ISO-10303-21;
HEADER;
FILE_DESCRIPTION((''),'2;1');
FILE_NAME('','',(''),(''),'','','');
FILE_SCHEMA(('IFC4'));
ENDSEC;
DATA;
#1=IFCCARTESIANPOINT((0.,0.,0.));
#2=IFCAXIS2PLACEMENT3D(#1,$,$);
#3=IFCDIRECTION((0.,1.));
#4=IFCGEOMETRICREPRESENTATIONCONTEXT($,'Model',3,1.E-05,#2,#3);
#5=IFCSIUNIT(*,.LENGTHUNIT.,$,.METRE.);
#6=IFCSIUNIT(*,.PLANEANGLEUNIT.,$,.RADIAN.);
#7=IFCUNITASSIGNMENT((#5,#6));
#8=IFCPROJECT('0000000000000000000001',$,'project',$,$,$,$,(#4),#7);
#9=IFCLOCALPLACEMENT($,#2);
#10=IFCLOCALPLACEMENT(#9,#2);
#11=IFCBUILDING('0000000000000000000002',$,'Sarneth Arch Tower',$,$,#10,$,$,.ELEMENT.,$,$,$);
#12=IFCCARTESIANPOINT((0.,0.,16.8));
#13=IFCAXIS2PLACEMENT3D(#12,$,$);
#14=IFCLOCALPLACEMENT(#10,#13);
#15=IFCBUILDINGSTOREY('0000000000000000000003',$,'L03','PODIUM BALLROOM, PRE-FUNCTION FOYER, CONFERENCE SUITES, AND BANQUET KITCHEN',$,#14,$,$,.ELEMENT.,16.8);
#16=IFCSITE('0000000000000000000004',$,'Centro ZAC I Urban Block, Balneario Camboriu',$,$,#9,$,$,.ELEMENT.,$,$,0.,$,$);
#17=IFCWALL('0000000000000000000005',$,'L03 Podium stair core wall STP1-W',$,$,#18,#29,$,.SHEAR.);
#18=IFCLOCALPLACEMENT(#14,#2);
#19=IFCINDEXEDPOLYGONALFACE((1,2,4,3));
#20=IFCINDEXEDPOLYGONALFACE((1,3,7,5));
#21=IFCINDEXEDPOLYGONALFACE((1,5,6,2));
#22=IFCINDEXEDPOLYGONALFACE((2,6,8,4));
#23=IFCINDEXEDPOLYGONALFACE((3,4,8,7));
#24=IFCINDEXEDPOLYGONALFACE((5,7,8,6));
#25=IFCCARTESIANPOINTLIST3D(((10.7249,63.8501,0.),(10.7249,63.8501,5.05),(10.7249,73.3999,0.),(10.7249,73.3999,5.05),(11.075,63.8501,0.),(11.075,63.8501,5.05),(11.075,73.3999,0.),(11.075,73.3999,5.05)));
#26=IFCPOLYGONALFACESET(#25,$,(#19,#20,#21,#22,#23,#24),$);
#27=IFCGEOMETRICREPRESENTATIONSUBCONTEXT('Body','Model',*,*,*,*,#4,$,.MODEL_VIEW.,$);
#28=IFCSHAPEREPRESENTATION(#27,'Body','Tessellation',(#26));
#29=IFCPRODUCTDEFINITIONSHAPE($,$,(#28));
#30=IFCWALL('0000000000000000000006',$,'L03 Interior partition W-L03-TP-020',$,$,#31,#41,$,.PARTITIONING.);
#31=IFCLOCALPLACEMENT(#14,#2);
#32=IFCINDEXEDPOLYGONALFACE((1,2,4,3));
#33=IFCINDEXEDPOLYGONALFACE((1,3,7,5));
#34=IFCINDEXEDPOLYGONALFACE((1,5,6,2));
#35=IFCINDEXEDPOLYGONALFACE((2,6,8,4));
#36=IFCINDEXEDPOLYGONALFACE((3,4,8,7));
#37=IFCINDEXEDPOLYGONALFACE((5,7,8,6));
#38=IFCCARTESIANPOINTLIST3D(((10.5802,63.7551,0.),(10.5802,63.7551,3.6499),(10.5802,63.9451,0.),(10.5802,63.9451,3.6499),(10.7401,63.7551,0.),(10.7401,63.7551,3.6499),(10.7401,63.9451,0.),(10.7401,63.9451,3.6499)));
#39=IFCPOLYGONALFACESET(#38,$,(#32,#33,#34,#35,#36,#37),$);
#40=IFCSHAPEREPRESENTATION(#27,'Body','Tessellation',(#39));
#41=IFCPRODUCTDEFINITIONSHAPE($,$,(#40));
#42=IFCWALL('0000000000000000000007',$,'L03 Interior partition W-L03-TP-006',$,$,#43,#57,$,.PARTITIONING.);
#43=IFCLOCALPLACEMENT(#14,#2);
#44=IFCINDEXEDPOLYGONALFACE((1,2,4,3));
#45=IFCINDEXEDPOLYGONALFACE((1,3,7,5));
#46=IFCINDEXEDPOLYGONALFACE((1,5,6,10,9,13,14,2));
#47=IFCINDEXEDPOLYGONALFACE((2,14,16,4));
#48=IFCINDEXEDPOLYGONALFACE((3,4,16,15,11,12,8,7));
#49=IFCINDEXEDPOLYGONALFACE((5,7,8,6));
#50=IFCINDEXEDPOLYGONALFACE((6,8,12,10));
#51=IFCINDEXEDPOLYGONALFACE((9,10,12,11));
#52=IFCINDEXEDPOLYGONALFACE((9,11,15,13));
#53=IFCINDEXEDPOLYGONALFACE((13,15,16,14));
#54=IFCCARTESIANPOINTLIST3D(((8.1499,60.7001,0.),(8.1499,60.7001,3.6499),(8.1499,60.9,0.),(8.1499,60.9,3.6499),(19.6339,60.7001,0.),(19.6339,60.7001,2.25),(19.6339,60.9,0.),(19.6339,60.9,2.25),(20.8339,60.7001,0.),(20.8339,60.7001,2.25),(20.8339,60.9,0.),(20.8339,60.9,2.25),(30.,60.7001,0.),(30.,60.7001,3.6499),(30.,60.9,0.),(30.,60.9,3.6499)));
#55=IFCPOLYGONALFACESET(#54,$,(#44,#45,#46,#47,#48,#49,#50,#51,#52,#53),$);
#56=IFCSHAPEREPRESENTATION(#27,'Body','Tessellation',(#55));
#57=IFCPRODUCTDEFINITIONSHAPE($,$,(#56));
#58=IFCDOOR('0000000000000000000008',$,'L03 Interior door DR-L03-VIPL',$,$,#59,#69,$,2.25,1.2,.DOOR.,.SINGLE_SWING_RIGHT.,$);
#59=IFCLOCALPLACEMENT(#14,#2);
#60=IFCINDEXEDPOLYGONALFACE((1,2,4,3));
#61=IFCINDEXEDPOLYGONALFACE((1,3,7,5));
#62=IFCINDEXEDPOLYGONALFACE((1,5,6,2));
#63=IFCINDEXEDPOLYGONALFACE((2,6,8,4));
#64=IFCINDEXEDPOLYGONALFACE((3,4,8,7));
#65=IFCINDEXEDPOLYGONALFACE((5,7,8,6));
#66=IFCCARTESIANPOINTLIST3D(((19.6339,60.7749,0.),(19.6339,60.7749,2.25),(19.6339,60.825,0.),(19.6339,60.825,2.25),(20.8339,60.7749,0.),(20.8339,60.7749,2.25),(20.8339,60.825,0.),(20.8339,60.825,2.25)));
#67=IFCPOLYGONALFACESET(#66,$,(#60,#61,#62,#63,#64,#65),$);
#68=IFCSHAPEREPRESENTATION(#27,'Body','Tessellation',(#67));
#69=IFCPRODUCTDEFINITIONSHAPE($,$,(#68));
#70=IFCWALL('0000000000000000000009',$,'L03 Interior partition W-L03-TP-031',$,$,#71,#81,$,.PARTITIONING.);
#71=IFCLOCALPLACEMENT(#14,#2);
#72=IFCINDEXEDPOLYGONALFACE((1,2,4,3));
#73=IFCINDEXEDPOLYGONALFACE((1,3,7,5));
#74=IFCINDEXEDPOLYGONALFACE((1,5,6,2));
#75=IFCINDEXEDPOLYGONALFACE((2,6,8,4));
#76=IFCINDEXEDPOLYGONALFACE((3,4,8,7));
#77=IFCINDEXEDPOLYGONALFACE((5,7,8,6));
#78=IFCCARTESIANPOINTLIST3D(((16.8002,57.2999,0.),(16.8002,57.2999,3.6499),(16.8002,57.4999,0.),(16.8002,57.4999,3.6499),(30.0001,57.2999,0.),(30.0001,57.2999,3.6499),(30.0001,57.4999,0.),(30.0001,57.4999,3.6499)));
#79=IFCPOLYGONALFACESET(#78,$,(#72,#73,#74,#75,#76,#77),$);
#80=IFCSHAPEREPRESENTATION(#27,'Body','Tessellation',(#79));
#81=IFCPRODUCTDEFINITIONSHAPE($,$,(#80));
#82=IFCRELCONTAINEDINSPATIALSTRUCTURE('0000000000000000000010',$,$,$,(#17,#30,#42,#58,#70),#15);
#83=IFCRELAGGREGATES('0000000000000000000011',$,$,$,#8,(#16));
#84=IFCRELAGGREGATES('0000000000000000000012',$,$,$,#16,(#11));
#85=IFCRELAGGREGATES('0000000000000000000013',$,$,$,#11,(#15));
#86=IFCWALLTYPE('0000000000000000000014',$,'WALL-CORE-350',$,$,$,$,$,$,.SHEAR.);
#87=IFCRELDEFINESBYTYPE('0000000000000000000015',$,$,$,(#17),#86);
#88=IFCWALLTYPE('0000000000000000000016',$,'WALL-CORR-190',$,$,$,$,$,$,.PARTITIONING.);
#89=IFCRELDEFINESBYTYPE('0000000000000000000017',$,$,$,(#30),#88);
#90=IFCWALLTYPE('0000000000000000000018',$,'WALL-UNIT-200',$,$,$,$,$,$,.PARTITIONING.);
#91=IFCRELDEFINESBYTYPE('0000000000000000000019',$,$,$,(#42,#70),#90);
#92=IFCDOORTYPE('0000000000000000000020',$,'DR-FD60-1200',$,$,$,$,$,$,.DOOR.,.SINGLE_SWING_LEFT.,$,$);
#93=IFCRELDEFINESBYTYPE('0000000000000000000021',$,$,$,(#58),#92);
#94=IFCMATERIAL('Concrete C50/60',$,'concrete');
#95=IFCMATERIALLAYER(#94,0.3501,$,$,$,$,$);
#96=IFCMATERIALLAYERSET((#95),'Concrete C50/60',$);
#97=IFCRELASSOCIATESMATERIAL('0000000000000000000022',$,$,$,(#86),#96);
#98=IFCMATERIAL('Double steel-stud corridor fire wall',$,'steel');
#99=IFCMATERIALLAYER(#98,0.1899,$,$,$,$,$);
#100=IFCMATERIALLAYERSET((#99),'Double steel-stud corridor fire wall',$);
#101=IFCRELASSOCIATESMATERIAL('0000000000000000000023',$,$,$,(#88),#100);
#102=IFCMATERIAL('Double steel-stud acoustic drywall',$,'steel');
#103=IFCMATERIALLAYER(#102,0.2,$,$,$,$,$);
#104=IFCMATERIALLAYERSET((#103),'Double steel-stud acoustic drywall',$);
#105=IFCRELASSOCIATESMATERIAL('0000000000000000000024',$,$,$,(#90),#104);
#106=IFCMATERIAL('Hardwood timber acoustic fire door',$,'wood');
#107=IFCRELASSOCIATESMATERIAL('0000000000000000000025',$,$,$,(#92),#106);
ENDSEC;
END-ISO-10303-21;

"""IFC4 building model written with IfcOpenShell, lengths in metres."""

from ifc_helpers import new_model, si_unit, direction, frame, frame_2d, origin, place, context, subcontext, project, spatial, rectangle, extrude, material, layer, layer_set, type_object, element, fill, save


model = new_model("IFC4")

# Units and contexts
model_context = context("Model", 3, precision=1e-05, world=origin(), true_north=direction((0.0, 1.0)))
body_context = subcontext(model_context, "Body", "Model", "MODEL_VIEW")
ifc_project = project(units=[si_unit("LENGTHUNIT", "METRE"), si_unit("PLANEANGLEUNIT", "RADIAN")], contexts=[model_context])

# Site, building, storey
site_placement = place(None, origin())
site = spatial("IfcSite", under=ifc_project, at=site_placement, Name="Centro ZAC I Urban Block, Balneario Camboriu", CompositionType="ELEMENT", RefElevation=0.0)
building_placement = place(site_placement, origin())
building = spatial("IfcBuilding", under=site, at=building_placement, Name="Sarneth Arch Tower", CompositionType="ELEMENT")
storey_placement = place(building_placement, frame((0.0, 0.0, 16.8)))
storey = spatial("IfcBuildingStorey", under=building, at=storey_placement, Name="L03", Description="PODIUM BALLROOM, PRE-FUNCTION FOYER, CONFERENCE SUITES, AND BANQUET KITCHEN", CompositionType="ELEMENT", Elevation=16.8)

# Wall
ifc_material_1 = material(Name="Concrete C50/60", Category="concrete")
ifc_layer_1 = layer(ifc_material_1, 0.3501)
ifc_layer_set_1 = layer_set([ifc_layer_1], Name="Concrete C50/60")
wall_type_1 = type_object("IfcWallType", Name="WALL-CORE-350", PredefinedType="SHEAR", material=ifc_layer_set_1)
wall_1_placement = place(storey_placement, frame((10.8999, 63.8501, 0.0), z_axis=(0.0, 0.0, 1.0), x_axis=(0.0, 1.0, 0.0)))
element("IfcWall", 1, at=wall_1_placement, inside=storey, type_object=wall_type_1, Name="L03 Podium stair core wall STP1-W", PredefinedType="SHEAR", context=body_context, shape_type="SweptSolid", body=[
    extrude(rectangle(XDim=9.5498, YDim=0.3501, at=frame_2d((4.7749, 0.0))), origin(), (0.0, 0.0, 1.0), 5.05),
])

# Shared definitions
ifc_material_2 = material(Name="Double steel-stud corridor fire wall", Category="steel")
ifc_layer_2 = layer(ifc_material_2, 0.1899)
ifc_layer_set_2 = layer_set([ifc_layer_2], Name="Double steel-stud corridor fire wall")
wall_type_2 = type_object("IfcWallType", Name="WALL-CORR-190", PredefinedType="PARTITIONING", material=ifc_layer_set_2)

# Wall
wall_2_placement = place(storey_placement, frame((10.5801, 63.8501, 0.0), z_axis=(0.0, 0.0, 1.0), x_axis=(1.0, 0.0, 0.0)))
element("IfcWall", 2, at=wall_2_placement, inside=storey, type_object=wall_type_2, Name="L03 Interior partition W-L03-TP-020", PredefinedType="PARTITIONING", context=body_context, shape_type="SweptSolid", body=[
    extrude(rectangle(XDim=0.1599, YDim=0.1899, at=frame_2d((0.0801, 0.0))), origin(), (0.0, 0.0, 1.0), 3.6499),
])

# Wall, opening, door
ifc_material_3 = material(Name="Double steel-stud acoustic drywall", Category="steel")
ifc_layer_3 = layer(ifc_material_3, 0.2)
ifc_layer_set_3 = layer_set([ifc_layer_3], Name="Double steel-stud acoustic drywall")
wall_type_3 = type_object("IfcWallType", Name="WALL-UNIT-200", PredefinedType="PARTITIONING", material=ifc_layer_set_3)
wall_3_placement = place(storey_placement, frame((8.1499, 60.8, 0.0), z_axis=(0.0, 0.0, 1.0), x_axis=(1.0, 0.0, 0.0)))
wall_3 = element("IfcWall", 3, at=wall_3_placement, inside=storey, type_object=wall_type_3, Name="L03 Interior partition W-L03-TP-006", PredefinedType="PARTITIONING", context=body_context, shape_type="SweptSolid", body=[
    extrude(rectangle(XDim=21.8501, YDim=0.2, at=frame_2d((10.925, 0.0))), origin(), (0.0, 0.0, 1.0), 3.6499),
])
opening_1_placement = place(wall_3_placement, frame((11.4839, 0.0, 0.0)))
opening_1 = element("IfcOpeningElement", 4, at=opening_1_placement, cuts=wall_3, PredefinedType="OPENING", context=body_context, shape_type="SweptSolid", body=[
    extrude(rectangle(XDim=1.2, YDim=2.25, at=frame_2d((0.6001, 1.125))), frame((0.0, 0.1099, 0.0), z_axis=(0.0, -1.0, 0.0), x_axis=(1.0, 0.0, 0.0)), (0.0, 0.0, 1.0), 0.22),
])
ifc_material_4 = material(Name="Hardwood timber acoustic fire door", Category="wood")
door_type_1 = type_object("IfcDoorType", Name="DR-FD60-1200", OperationType="SINGLE_SWING_LEFT", PredefinedType="DOOR", material=ifc_material_4)
door_1_placement = place(opening_1_placement, origin())
door_1 = element("IfcDoor", 5, at=door_1_placement, inside=storey, type_object=door_type_1, Name="L03 Interior door DR-L03-VIPL", OperationType="SINGLE_SWING_RIGHT", OverallHeight=2.25, OverallWidth=1.2, PredefinedType="DOOR", context=body_context, shape_type="SweptSolid", body=[
    extrude(rectangle(XDim=1.2, YDim=2.25, at=frame_2d((0.6001, 1.125))), frame((0.0, 0.0249, 0.0), z_axis=(0.0, -1.0, 0.0), x_axis=(1.0, 0.0, 0.0)), (0.0, 0.0, 1.0), 0.05),
])
fill(opening_1, door_1)

# Wall
wall_4_placement = place(storey_placement, frame((16.8, 57.3999, 0.0), z_axis=(0.0, 0.0, 1.0), x_axis=(1.0, 0.0, 0.0)))
element("IfcWall", 6, at=wall_4_placement, inside=storey, type_object=wall_type_3, Name="L03 Interior partition W-L03-TP-031", PredefinedType="PARTITIONING", context=body_context, shape_type="SweptSolid", body=[
    extrude(rectangle(XDim=13.2, YDim=0.2, at=frame_2d((6.6001, 0.0))), origin(), (0.0, 0.0, 1.0), 3.6499),
])

save(model, "model.ifc")
